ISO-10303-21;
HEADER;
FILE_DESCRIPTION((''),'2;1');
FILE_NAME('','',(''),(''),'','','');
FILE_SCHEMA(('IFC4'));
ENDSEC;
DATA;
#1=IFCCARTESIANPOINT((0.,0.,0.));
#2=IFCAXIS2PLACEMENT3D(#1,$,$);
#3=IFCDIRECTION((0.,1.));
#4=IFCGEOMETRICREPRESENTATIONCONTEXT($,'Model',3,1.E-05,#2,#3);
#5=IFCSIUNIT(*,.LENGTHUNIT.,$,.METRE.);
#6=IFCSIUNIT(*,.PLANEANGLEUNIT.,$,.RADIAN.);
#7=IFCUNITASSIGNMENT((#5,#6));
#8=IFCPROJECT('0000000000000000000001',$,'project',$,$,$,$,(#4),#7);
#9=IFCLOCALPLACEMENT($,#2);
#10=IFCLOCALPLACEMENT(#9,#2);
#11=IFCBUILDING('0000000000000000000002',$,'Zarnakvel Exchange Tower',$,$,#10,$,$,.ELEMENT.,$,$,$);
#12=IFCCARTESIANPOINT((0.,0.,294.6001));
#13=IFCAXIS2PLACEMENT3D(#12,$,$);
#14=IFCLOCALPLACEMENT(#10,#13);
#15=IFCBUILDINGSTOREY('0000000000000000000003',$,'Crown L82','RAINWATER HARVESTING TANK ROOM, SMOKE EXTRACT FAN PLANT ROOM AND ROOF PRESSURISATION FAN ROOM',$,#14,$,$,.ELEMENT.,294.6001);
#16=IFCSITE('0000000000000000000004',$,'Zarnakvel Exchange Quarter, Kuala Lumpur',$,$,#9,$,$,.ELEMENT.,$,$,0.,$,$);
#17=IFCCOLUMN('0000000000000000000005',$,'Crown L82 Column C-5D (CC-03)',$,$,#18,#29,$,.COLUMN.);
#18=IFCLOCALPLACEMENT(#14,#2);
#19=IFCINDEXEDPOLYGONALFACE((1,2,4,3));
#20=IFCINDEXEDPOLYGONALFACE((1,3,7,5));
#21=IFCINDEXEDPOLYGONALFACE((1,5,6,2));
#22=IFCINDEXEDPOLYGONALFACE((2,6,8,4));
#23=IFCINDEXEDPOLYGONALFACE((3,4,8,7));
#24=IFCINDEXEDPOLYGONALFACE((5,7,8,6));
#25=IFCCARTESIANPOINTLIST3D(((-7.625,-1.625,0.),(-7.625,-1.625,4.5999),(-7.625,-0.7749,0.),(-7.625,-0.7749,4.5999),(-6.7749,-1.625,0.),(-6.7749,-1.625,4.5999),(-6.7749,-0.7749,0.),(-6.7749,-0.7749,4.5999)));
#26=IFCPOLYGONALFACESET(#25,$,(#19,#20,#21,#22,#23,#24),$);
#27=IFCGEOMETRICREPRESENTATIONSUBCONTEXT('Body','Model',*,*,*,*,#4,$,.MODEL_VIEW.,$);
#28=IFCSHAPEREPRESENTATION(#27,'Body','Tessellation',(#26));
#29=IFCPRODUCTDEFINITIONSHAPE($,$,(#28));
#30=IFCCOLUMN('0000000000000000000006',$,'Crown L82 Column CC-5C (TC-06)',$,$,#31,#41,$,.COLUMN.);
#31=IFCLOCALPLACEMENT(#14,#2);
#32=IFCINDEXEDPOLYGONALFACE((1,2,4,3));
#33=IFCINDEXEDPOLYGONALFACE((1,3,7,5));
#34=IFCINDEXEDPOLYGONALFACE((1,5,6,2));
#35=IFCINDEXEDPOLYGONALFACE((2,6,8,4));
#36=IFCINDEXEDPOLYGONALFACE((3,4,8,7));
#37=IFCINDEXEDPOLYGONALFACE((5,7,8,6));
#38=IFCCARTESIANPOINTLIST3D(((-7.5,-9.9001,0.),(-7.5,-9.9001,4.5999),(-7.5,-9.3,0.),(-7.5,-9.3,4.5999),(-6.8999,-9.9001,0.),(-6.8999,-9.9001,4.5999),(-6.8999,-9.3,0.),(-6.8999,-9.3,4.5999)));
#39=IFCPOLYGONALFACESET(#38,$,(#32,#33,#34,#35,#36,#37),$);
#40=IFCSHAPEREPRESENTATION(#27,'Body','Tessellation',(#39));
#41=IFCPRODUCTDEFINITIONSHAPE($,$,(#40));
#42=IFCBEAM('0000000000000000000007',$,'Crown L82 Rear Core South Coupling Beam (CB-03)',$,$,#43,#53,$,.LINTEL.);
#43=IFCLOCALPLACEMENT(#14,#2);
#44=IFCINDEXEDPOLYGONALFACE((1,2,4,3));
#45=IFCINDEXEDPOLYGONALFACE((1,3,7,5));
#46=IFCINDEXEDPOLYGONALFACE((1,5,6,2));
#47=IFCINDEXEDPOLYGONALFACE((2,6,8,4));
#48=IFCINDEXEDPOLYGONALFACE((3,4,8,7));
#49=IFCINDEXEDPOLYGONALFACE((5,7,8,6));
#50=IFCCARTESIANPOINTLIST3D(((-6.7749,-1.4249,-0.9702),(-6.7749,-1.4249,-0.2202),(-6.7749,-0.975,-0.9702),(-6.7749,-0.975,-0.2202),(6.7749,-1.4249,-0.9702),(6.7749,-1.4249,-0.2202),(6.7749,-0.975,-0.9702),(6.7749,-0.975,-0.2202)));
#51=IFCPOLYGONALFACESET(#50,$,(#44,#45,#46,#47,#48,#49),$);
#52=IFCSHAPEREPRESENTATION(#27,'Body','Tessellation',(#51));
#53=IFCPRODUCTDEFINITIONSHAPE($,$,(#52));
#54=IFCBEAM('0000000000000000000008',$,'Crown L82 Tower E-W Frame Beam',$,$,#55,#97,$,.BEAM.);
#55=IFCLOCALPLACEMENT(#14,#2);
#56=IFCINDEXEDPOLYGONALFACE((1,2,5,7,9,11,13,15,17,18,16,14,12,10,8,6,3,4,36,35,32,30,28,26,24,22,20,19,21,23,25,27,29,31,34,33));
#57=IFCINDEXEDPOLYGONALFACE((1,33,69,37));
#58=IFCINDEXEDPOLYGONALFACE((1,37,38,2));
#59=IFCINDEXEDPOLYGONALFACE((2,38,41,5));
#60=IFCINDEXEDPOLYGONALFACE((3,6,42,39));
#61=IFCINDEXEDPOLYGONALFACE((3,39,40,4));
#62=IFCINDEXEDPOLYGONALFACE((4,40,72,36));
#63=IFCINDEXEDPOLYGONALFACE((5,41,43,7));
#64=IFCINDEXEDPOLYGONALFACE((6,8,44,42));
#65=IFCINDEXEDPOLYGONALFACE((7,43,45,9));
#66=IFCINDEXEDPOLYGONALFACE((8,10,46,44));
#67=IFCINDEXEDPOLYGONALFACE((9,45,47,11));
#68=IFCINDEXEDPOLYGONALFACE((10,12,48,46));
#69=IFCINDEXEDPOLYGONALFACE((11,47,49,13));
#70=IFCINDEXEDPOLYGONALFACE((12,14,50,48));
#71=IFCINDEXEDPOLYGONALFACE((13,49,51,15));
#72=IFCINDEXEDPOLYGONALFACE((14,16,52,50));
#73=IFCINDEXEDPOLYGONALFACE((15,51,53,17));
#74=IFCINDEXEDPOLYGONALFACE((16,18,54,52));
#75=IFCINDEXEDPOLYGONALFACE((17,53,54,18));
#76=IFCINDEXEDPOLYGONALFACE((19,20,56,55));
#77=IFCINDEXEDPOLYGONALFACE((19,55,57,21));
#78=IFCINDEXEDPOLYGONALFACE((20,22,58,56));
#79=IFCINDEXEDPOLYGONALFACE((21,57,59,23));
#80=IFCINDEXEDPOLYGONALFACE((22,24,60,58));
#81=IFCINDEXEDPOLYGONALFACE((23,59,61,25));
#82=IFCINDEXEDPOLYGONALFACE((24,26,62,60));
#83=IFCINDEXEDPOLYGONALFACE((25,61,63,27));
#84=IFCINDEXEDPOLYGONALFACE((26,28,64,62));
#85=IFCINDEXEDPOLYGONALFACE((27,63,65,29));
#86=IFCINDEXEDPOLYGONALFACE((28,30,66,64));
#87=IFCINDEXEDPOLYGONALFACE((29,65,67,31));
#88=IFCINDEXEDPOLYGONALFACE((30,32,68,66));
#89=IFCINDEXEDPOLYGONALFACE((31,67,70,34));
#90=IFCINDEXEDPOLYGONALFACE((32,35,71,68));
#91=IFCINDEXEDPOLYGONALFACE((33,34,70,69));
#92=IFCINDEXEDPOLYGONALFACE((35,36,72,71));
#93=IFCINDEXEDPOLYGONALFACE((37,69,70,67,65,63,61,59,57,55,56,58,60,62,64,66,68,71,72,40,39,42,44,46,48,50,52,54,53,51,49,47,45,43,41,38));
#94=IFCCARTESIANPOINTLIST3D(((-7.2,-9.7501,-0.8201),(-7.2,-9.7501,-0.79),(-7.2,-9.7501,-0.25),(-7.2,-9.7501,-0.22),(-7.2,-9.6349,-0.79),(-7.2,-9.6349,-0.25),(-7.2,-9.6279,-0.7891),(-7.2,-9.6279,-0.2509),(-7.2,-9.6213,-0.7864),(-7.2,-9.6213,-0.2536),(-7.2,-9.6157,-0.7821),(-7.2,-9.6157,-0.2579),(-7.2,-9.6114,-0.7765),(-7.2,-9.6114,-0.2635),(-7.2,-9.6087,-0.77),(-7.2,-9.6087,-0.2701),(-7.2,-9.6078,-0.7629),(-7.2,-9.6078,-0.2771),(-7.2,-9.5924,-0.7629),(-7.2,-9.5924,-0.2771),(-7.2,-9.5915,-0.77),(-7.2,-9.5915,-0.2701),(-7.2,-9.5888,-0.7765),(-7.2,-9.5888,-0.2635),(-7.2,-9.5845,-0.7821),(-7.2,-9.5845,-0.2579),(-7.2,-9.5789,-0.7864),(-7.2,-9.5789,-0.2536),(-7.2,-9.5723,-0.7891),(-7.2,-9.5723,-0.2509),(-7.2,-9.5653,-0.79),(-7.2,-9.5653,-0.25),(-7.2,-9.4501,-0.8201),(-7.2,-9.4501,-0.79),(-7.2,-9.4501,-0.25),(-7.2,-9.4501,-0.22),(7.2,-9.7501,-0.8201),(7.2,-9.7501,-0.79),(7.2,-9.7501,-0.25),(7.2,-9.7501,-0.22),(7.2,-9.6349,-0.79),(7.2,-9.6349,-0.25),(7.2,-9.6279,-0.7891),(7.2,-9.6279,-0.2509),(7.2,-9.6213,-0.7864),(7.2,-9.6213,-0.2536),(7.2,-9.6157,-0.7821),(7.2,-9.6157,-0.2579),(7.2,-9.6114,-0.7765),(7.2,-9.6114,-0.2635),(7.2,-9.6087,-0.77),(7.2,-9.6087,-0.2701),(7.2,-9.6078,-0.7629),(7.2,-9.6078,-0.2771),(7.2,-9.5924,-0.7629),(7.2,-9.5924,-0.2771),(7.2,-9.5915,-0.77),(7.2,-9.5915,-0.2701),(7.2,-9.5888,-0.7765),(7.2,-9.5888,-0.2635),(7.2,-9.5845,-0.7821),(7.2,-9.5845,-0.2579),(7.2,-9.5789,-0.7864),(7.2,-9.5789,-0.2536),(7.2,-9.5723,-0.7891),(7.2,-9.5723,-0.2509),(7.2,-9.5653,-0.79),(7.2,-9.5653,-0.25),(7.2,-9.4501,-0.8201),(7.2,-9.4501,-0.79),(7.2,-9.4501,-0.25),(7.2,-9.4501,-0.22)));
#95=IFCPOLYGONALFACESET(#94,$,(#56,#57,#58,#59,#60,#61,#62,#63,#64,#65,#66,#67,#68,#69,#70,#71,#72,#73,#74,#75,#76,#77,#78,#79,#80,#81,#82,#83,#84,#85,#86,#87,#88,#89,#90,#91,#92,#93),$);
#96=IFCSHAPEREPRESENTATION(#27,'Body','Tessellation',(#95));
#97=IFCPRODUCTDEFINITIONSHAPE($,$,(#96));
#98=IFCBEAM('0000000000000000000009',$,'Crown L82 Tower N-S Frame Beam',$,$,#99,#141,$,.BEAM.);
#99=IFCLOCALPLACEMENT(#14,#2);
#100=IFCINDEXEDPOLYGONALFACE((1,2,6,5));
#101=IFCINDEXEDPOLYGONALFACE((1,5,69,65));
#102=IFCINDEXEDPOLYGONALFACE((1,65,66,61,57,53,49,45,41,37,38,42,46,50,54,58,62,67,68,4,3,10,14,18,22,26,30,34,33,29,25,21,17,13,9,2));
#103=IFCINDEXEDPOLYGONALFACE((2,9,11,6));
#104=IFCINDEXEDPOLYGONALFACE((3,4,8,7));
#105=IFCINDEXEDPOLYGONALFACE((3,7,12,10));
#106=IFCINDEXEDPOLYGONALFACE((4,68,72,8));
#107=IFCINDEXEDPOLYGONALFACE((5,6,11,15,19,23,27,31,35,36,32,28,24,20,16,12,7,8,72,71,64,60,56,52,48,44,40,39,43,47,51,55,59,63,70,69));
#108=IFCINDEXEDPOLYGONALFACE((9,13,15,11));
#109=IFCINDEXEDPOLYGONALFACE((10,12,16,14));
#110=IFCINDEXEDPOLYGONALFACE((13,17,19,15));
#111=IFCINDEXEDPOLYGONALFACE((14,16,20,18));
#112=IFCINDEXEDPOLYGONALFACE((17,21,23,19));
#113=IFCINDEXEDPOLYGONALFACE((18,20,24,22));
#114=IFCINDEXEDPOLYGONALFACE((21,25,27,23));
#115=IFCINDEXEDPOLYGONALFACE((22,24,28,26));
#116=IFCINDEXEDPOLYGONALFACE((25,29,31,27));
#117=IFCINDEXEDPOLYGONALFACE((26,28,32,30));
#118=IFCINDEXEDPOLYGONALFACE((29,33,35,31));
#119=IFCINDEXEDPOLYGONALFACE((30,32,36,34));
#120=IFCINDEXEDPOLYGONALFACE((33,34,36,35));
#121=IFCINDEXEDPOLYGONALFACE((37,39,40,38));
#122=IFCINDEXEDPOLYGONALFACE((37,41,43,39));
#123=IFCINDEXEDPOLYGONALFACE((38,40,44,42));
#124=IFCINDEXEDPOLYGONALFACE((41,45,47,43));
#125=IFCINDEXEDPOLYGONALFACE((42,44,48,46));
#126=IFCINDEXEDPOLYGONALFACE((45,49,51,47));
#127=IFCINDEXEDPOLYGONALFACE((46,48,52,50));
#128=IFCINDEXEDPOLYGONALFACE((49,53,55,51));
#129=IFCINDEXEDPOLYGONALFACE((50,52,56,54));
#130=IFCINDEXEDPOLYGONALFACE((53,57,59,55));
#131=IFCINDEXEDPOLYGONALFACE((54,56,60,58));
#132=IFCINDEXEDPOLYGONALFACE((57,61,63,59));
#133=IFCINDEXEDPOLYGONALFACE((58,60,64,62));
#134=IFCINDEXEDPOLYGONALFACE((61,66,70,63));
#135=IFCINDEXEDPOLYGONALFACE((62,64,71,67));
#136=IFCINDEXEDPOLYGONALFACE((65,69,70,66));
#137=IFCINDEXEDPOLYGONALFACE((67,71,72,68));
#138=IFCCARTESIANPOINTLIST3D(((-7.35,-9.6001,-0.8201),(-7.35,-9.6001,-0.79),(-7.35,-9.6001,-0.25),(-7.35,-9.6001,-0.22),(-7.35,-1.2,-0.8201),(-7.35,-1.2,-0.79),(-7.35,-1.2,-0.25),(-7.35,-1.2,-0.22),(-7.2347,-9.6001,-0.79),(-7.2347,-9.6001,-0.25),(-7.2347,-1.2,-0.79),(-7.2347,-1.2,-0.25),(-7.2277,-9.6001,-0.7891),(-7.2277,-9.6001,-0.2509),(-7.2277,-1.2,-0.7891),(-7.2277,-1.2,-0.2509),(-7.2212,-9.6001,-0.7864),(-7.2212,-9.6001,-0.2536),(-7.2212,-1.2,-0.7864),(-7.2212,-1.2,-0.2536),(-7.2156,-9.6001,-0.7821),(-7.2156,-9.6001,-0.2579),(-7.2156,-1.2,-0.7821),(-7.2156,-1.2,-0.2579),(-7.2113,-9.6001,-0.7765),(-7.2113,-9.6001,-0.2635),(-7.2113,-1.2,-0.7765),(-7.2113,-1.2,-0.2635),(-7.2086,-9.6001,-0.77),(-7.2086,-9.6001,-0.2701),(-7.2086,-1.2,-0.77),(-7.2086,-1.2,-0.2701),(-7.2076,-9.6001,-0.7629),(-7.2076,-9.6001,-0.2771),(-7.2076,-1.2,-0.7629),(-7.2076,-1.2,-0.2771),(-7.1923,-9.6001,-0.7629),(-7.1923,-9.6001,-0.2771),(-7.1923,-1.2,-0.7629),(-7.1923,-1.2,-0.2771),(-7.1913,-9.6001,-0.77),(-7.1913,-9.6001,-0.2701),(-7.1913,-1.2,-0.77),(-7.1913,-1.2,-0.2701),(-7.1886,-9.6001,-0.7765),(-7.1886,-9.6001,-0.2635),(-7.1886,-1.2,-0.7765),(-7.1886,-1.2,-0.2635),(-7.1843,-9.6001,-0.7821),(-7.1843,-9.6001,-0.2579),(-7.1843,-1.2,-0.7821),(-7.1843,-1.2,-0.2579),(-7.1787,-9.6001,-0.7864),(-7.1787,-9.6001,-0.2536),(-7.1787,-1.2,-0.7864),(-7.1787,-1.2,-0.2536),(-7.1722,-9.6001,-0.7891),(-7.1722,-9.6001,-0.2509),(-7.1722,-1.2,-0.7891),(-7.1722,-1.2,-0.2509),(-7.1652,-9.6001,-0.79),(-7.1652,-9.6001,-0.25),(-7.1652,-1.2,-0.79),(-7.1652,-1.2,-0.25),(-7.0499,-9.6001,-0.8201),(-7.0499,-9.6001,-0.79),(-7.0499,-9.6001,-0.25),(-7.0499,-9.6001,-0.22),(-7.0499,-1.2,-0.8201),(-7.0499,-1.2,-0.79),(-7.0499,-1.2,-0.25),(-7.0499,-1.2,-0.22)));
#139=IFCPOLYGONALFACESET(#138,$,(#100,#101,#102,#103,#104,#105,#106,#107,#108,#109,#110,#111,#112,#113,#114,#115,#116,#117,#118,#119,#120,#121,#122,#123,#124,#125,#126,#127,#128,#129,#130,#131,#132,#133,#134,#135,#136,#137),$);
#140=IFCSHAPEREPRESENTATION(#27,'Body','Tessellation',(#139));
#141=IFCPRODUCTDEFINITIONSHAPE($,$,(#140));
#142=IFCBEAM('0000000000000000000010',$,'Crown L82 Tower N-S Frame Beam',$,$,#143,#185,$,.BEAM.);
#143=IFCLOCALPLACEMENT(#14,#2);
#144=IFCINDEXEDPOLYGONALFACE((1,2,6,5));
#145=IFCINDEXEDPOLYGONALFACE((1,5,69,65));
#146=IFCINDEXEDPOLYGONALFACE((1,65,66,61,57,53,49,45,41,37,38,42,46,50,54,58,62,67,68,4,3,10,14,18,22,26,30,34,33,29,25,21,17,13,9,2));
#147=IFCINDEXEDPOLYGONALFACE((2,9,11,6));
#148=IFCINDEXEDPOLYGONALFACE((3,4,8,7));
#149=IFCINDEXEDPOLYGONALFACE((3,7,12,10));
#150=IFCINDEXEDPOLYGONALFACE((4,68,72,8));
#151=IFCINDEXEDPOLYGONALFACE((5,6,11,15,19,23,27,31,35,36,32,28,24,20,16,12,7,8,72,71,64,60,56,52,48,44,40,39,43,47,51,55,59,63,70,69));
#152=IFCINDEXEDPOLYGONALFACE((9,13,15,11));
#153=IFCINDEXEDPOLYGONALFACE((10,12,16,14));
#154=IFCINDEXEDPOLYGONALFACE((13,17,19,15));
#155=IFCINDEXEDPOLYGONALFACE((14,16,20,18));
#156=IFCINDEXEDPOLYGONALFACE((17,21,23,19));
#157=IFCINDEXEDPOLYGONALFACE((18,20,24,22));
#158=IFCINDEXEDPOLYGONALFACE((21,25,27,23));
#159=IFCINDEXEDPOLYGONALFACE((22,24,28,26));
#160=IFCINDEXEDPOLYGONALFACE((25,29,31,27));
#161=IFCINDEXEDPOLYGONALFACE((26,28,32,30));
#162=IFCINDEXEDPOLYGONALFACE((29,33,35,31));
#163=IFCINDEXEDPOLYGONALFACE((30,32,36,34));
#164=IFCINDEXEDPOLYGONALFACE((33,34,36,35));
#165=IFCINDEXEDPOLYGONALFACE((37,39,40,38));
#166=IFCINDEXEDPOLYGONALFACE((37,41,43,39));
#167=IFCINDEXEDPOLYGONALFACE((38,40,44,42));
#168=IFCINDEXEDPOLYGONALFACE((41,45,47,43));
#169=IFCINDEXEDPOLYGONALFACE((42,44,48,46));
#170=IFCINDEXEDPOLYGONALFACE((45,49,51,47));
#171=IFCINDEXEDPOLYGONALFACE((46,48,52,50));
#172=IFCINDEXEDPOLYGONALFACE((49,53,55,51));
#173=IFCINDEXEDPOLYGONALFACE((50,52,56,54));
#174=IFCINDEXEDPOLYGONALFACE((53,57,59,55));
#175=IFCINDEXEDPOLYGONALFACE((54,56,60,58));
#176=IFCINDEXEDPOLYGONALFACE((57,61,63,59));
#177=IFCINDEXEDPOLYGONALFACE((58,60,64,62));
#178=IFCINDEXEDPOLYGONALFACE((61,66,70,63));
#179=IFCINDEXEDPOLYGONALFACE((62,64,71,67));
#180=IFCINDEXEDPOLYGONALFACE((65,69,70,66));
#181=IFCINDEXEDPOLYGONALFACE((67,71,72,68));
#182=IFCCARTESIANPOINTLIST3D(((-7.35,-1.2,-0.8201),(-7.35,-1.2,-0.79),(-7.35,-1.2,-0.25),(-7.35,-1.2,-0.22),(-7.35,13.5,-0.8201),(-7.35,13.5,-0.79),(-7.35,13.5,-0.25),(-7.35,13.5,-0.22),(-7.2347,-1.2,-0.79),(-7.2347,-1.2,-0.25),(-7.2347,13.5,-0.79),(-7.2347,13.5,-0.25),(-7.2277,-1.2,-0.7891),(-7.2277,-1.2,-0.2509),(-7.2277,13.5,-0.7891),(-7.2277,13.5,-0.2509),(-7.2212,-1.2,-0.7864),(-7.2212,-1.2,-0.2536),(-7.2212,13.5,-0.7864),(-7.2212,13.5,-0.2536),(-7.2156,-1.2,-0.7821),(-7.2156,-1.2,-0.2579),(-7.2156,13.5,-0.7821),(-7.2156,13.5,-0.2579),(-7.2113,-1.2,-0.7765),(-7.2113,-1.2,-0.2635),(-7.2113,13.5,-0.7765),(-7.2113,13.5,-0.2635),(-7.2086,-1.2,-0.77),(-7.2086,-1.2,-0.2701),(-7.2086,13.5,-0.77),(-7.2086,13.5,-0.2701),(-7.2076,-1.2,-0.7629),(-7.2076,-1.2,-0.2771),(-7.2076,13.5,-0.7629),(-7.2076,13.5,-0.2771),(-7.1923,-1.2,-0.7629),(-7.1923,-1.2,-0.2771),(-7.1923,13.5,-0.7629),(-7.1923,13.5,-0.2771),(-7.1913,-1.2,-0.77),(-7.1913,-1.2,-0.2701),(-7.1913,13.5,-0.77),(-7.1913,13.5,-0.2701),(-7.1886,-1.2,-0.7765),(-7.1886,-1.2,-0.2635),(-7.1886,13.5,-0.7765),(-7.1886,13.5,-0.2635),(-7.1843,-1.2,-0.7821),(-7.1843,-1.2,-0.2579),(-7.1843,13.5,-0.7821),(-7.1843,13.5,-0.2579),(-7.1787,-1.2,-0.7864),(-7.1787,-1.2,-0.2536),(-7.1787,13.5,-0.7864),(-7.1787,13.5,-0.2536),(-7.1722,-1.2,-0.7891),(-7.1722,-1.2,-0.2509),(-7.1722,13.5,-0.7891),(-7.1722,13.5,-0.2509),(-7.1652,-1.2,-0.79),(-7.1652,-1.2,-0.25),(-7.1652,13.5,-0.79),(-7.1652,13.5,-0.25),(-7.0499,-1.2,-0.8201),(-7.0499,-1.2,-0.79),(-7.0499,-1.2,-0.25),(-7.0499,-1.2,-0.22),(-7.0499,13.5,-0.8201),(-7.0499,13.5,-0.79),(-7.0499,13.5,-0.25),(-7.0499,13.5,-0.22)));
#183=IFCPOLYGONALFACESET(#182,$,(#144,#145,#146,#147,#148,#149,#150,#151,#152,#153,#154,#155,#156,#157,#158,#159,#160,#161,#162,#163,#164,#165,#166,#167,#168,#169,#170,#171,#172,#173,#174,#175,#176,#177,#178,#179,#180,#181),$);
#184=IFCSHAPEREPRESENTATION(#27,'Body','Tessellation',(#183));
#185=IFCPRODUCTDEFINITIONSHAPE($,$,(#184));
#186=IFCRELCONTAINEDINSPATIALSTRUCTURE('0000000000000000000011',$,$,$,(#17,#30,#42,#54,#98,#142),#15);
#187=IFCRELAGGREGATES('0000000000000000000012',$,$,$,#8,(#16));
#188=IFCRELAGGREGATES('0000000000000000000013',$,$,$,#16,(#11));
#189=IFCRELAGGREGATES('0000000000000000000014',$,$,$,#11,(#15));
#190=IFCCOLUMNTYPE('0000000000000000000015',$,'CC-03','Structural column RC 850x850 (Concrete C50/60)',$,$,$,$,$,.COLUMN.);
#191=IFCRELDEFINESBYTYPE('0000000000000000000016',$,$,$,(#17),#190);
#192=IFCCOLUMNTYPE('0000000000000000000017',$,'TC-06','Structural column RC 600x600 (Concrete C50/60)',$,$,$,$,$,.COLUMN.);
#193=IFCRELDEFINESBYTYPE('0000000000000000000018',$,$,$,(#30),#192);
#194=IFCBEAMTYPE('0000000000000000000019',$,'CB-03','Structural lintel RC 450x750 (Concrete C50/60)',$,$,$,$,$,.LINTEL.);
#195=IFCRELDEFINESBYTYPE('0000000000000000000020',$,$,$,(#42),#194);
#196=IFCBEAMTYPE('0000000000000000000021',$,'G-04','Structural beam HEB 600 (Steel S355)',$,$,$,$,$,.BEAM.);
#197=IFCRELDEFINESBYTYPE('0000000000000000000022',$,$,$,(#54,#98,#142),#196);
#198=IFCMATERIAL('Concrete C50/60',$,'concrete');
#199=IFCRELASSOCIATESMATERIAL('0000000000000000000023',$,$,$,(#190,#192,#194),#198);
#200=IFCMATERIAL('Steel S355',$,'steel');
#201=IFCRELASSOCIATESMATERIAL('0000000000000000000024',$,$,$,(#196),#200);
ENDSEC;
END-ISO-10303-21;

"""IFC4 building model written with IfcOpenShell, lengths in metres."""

from ifc_helpers import new_model, si_unit, direction, frame, origin, origin_2d, place, context, subcontext, project, spatial, rectangle, i_section, extrude, material, material_profile, profile_set, type_object, element, save


model = new_model("IFC4")

# Units and contexts
model_context = context("Model", 3, precision=1e-05, world=origin(), true_north=direction((0.0, 1.0)))
body_context = subcontext(model_context, "Body", "Model", "MODEL_VIEW")
ifc_project = project(units=[si_unit("LENGTHUNIT", "METRE"), si_unit("PLANEANGLEUNIT", "RADIAN")], contexts=[model_context])

# Site, building, storey
site_placement = place(None, origin())
site = spatial("IfcSite", under=ifc_project, at=site_placement, Name="Zarnakvel Exchange Quarter, Kuala Lumpur", CompositionType="ELEMENT", RefElevation=0.0)
building_placement = place(site_placement, origin())
building = spatial("IfcBuilding", under=site, at=building_placement, Name="Zarnakvel Exchange Tower", CompositionType="ELEMENT")
storey_placement = place(building_placement, frame((0.0, 0.0, 294.6001)))
storey = spatial("IfcBuildingStorey", under=building, at=storey_placement, Name="Crown L82", Description="RAINWATER HARVESTING TANK ROOM, SMOKE EXTRACT FAN PLANT ROOM AND ROOF PRESSURISATION FAN ROOM", CompositionType="ELEMENT", Elevation=294.6001)

# Columns
ifc_material_1 = material(Name="Concrete C50/60", Category="concrete")
ifc_material_profile_1 = material_profile(ifc_material_1, rectangle(XDim=0.8501, YDim=0.8501, at=origin_2d()))
ifc_profile_set_1 = profile_set([ifc_material_profile_1], Name="Concrete C50/60")
column_type_1 = type_object("IfcColumnType", Name="CC-03", Description="Structural column RC 850x850 (Concrete C50/60)", PredefinedType="COLUMN", material=ifc_profile_set_1)
column_1_placement = place(storey_placement, frame((-7.2, -1.2, 0.0), z_axis=(0.0, 0.0, 1.0), x_axis=(1.0, 0.0, 0.0)))
element("IfcColumn", 1, at=column_1_placement, inside=storey, type_object=column_type_1, Name="Crown L82 Column C-5D (CC-03)", PredefinedType="COLUMN", context=body_context, shape_type="SweptSolid", body=[
    extrude(rectangle(XDim=0.8501, YDim=0.8501, at=origin_2d()), origin(), (0.0, 0.0, 1.0), 4.5999),
])
ifc_material_profile_2 = material_profile(ifc_material_1, rectangle(XDim=0.6001, YDim=0.6001, at=origin_2d()))
ifc_profile_set_2 = profile_set([ifc_material_profile_2], Name="Concrete C50/60")
column_type_2 = type_object("IfcColumnType", Name="TC-06", Description="Structural column RC 600x600 (Concrete C50/60)", PredefinedType="COLUMN", material=ifc_profile_set_2)
column_2_placement = place(storey_placement, frame((-7.2, -9.6001, 0.0), z_axis=(0.0, 0.0, 1.0), x_axis=(1.0, 0.0, 0.0)))
element("IfcColumn", 2, at=column_2_placement, inside=storey, type_object=column_type_2, Name="Crown L82 Column CC-5C (TC-06)", PredefinedType="COLUMN", context=body_context, shape_type="SweptSolid", body=[
    extrude(rectangle(XDim=0.6001, YDim=0.6001, at=origin_2d()), origin(), (0.0, 0.0, 1.0), 4.5999),
])

# Beams
ifc_material_profile_3 = material_profile(ifc_material_1, rectangle(XDim=0.45, YDim=0.75, at=origin_2d()))
ifc_profile_set_3 = profile_set([ifc_material_profile_3], Name="Concrete C50/60")
beam_type_1 = type_object("IfcBeamType", Name="CB-03", Description="Structural lintel RC 450x750 (Concrete C50/60)", PredefinedType="LINTEL", material=ifc_profile_set_3)
beam_1_placement = place(storey_placement, frame((-6.7749, -1.2, -0.5952), z_axis=(1.0, 0.0, 0.0), x_axis=(0.0, 1.0, 0.0)))
element("IfcBeam", 3, at=beam_1_placement, inside=storey, type_object=beam_type_1, Name="Crown L82 Rear Core South Coupling Beam (CB-03)", PredefinedType="LINTEL", context=body_context, shape_type="SweptSolid", body=[
    extrude(rectangle(XDim=0.45, YDim=0.75, at=origin_2d()), origin(), (0.0, 0.0, 1.0), 13.5498),
])
ifc_material_2 = material(Name="Steel S355", Category="steel")
ifc_material_profile_4 = material_profile(ifc_material_2, i_section(OverallWidth=0.3, OverallDepth=0.6001, WebThickness=0.0154, FlangeThickness=0.03, FilletRadius=0.0271, at=origin_2d()))
ifc_profile_set_4 = profile_set([ifc_material_profile_4], Name="Steel S355")
beam_type_2 = type_object("IfcBeamType", Name="G-04", Description="Structural beam HEB 600 (Steel S355)", PredefinedType="BEAM", material=ifc_profile_set_4)
beam_2_placement = place(storey_placement, frame((-7.2, -9.6001, -0.52), z_axis=(1.0, 0.0, 0.0), x_axis=(0.0, 1.0, 0.0)))
element("IfcBeam", 4, at=beam_2_placement, inside=storey, type_object=beam_type_2, Name="Crown L82 Tower E-W Frame Beam", PredefinedType="BEAM", context=body_context, shape_type="SweptSolid", body=[
    extrude(i_section(OverallWidth=0.3, OverallDepth=0.6001, WebThickness=0.0154, FlangeThickness=0.03, FilletRadius=0.0271, at=origin_2d()), origin(), (0.0, 0.0, 1.0), 14.3999),
])
beam_3_placement = place(storey_placement, frame((-7.2, -9.6001, -0.52), z_axis=(0.0, 1.0, 0.0), x_axis=(-1.0, 0.0, 0.0)))
element("IfcBeam", 5, at=beam_3_placement, inside=storey, type_object=beam_type_2, Name="Crown L82 Tower N-S Frame Beam", PredefinedType="BEAM", context=body_context, shape_type="SweptSolid", body=[
    extrude(i_section(OverallWidth=0.3, OverallDepth=0.6001, WebThickness=0.0154, FlangeThickness=0.03, FilletRadius=0.0271, at=origin_2d()), origin(), (0.0, 0.0, 1.0), 8.4001),
])
beam_4_placement = place(storey_placement, frame((-7.2, -1.2, -0.52), z_axis=(0.0, 1.0, 0.0), x_axis=(-1.0, 0.0, 0.0)))
element("IfcBeam", 6, at=beam_4_placement, inside=storey, type_object=beam_type_2, Name="Crown L82 Tower N-S Frame Beam", PredefinedType="BEAM", context=body_context, shape_type="SweptSolid", body=[
    extrude(i_section(OverallWidth=0.3, OverallDepth=0.6001, WebThickness=0.0154, FlangeThickness=0.03, FilletRadius=0.0271, at=origin_2d()), origin(), (0.0, 0.0, 1.0), 14.7),
])

save(model, "model.ifc")
